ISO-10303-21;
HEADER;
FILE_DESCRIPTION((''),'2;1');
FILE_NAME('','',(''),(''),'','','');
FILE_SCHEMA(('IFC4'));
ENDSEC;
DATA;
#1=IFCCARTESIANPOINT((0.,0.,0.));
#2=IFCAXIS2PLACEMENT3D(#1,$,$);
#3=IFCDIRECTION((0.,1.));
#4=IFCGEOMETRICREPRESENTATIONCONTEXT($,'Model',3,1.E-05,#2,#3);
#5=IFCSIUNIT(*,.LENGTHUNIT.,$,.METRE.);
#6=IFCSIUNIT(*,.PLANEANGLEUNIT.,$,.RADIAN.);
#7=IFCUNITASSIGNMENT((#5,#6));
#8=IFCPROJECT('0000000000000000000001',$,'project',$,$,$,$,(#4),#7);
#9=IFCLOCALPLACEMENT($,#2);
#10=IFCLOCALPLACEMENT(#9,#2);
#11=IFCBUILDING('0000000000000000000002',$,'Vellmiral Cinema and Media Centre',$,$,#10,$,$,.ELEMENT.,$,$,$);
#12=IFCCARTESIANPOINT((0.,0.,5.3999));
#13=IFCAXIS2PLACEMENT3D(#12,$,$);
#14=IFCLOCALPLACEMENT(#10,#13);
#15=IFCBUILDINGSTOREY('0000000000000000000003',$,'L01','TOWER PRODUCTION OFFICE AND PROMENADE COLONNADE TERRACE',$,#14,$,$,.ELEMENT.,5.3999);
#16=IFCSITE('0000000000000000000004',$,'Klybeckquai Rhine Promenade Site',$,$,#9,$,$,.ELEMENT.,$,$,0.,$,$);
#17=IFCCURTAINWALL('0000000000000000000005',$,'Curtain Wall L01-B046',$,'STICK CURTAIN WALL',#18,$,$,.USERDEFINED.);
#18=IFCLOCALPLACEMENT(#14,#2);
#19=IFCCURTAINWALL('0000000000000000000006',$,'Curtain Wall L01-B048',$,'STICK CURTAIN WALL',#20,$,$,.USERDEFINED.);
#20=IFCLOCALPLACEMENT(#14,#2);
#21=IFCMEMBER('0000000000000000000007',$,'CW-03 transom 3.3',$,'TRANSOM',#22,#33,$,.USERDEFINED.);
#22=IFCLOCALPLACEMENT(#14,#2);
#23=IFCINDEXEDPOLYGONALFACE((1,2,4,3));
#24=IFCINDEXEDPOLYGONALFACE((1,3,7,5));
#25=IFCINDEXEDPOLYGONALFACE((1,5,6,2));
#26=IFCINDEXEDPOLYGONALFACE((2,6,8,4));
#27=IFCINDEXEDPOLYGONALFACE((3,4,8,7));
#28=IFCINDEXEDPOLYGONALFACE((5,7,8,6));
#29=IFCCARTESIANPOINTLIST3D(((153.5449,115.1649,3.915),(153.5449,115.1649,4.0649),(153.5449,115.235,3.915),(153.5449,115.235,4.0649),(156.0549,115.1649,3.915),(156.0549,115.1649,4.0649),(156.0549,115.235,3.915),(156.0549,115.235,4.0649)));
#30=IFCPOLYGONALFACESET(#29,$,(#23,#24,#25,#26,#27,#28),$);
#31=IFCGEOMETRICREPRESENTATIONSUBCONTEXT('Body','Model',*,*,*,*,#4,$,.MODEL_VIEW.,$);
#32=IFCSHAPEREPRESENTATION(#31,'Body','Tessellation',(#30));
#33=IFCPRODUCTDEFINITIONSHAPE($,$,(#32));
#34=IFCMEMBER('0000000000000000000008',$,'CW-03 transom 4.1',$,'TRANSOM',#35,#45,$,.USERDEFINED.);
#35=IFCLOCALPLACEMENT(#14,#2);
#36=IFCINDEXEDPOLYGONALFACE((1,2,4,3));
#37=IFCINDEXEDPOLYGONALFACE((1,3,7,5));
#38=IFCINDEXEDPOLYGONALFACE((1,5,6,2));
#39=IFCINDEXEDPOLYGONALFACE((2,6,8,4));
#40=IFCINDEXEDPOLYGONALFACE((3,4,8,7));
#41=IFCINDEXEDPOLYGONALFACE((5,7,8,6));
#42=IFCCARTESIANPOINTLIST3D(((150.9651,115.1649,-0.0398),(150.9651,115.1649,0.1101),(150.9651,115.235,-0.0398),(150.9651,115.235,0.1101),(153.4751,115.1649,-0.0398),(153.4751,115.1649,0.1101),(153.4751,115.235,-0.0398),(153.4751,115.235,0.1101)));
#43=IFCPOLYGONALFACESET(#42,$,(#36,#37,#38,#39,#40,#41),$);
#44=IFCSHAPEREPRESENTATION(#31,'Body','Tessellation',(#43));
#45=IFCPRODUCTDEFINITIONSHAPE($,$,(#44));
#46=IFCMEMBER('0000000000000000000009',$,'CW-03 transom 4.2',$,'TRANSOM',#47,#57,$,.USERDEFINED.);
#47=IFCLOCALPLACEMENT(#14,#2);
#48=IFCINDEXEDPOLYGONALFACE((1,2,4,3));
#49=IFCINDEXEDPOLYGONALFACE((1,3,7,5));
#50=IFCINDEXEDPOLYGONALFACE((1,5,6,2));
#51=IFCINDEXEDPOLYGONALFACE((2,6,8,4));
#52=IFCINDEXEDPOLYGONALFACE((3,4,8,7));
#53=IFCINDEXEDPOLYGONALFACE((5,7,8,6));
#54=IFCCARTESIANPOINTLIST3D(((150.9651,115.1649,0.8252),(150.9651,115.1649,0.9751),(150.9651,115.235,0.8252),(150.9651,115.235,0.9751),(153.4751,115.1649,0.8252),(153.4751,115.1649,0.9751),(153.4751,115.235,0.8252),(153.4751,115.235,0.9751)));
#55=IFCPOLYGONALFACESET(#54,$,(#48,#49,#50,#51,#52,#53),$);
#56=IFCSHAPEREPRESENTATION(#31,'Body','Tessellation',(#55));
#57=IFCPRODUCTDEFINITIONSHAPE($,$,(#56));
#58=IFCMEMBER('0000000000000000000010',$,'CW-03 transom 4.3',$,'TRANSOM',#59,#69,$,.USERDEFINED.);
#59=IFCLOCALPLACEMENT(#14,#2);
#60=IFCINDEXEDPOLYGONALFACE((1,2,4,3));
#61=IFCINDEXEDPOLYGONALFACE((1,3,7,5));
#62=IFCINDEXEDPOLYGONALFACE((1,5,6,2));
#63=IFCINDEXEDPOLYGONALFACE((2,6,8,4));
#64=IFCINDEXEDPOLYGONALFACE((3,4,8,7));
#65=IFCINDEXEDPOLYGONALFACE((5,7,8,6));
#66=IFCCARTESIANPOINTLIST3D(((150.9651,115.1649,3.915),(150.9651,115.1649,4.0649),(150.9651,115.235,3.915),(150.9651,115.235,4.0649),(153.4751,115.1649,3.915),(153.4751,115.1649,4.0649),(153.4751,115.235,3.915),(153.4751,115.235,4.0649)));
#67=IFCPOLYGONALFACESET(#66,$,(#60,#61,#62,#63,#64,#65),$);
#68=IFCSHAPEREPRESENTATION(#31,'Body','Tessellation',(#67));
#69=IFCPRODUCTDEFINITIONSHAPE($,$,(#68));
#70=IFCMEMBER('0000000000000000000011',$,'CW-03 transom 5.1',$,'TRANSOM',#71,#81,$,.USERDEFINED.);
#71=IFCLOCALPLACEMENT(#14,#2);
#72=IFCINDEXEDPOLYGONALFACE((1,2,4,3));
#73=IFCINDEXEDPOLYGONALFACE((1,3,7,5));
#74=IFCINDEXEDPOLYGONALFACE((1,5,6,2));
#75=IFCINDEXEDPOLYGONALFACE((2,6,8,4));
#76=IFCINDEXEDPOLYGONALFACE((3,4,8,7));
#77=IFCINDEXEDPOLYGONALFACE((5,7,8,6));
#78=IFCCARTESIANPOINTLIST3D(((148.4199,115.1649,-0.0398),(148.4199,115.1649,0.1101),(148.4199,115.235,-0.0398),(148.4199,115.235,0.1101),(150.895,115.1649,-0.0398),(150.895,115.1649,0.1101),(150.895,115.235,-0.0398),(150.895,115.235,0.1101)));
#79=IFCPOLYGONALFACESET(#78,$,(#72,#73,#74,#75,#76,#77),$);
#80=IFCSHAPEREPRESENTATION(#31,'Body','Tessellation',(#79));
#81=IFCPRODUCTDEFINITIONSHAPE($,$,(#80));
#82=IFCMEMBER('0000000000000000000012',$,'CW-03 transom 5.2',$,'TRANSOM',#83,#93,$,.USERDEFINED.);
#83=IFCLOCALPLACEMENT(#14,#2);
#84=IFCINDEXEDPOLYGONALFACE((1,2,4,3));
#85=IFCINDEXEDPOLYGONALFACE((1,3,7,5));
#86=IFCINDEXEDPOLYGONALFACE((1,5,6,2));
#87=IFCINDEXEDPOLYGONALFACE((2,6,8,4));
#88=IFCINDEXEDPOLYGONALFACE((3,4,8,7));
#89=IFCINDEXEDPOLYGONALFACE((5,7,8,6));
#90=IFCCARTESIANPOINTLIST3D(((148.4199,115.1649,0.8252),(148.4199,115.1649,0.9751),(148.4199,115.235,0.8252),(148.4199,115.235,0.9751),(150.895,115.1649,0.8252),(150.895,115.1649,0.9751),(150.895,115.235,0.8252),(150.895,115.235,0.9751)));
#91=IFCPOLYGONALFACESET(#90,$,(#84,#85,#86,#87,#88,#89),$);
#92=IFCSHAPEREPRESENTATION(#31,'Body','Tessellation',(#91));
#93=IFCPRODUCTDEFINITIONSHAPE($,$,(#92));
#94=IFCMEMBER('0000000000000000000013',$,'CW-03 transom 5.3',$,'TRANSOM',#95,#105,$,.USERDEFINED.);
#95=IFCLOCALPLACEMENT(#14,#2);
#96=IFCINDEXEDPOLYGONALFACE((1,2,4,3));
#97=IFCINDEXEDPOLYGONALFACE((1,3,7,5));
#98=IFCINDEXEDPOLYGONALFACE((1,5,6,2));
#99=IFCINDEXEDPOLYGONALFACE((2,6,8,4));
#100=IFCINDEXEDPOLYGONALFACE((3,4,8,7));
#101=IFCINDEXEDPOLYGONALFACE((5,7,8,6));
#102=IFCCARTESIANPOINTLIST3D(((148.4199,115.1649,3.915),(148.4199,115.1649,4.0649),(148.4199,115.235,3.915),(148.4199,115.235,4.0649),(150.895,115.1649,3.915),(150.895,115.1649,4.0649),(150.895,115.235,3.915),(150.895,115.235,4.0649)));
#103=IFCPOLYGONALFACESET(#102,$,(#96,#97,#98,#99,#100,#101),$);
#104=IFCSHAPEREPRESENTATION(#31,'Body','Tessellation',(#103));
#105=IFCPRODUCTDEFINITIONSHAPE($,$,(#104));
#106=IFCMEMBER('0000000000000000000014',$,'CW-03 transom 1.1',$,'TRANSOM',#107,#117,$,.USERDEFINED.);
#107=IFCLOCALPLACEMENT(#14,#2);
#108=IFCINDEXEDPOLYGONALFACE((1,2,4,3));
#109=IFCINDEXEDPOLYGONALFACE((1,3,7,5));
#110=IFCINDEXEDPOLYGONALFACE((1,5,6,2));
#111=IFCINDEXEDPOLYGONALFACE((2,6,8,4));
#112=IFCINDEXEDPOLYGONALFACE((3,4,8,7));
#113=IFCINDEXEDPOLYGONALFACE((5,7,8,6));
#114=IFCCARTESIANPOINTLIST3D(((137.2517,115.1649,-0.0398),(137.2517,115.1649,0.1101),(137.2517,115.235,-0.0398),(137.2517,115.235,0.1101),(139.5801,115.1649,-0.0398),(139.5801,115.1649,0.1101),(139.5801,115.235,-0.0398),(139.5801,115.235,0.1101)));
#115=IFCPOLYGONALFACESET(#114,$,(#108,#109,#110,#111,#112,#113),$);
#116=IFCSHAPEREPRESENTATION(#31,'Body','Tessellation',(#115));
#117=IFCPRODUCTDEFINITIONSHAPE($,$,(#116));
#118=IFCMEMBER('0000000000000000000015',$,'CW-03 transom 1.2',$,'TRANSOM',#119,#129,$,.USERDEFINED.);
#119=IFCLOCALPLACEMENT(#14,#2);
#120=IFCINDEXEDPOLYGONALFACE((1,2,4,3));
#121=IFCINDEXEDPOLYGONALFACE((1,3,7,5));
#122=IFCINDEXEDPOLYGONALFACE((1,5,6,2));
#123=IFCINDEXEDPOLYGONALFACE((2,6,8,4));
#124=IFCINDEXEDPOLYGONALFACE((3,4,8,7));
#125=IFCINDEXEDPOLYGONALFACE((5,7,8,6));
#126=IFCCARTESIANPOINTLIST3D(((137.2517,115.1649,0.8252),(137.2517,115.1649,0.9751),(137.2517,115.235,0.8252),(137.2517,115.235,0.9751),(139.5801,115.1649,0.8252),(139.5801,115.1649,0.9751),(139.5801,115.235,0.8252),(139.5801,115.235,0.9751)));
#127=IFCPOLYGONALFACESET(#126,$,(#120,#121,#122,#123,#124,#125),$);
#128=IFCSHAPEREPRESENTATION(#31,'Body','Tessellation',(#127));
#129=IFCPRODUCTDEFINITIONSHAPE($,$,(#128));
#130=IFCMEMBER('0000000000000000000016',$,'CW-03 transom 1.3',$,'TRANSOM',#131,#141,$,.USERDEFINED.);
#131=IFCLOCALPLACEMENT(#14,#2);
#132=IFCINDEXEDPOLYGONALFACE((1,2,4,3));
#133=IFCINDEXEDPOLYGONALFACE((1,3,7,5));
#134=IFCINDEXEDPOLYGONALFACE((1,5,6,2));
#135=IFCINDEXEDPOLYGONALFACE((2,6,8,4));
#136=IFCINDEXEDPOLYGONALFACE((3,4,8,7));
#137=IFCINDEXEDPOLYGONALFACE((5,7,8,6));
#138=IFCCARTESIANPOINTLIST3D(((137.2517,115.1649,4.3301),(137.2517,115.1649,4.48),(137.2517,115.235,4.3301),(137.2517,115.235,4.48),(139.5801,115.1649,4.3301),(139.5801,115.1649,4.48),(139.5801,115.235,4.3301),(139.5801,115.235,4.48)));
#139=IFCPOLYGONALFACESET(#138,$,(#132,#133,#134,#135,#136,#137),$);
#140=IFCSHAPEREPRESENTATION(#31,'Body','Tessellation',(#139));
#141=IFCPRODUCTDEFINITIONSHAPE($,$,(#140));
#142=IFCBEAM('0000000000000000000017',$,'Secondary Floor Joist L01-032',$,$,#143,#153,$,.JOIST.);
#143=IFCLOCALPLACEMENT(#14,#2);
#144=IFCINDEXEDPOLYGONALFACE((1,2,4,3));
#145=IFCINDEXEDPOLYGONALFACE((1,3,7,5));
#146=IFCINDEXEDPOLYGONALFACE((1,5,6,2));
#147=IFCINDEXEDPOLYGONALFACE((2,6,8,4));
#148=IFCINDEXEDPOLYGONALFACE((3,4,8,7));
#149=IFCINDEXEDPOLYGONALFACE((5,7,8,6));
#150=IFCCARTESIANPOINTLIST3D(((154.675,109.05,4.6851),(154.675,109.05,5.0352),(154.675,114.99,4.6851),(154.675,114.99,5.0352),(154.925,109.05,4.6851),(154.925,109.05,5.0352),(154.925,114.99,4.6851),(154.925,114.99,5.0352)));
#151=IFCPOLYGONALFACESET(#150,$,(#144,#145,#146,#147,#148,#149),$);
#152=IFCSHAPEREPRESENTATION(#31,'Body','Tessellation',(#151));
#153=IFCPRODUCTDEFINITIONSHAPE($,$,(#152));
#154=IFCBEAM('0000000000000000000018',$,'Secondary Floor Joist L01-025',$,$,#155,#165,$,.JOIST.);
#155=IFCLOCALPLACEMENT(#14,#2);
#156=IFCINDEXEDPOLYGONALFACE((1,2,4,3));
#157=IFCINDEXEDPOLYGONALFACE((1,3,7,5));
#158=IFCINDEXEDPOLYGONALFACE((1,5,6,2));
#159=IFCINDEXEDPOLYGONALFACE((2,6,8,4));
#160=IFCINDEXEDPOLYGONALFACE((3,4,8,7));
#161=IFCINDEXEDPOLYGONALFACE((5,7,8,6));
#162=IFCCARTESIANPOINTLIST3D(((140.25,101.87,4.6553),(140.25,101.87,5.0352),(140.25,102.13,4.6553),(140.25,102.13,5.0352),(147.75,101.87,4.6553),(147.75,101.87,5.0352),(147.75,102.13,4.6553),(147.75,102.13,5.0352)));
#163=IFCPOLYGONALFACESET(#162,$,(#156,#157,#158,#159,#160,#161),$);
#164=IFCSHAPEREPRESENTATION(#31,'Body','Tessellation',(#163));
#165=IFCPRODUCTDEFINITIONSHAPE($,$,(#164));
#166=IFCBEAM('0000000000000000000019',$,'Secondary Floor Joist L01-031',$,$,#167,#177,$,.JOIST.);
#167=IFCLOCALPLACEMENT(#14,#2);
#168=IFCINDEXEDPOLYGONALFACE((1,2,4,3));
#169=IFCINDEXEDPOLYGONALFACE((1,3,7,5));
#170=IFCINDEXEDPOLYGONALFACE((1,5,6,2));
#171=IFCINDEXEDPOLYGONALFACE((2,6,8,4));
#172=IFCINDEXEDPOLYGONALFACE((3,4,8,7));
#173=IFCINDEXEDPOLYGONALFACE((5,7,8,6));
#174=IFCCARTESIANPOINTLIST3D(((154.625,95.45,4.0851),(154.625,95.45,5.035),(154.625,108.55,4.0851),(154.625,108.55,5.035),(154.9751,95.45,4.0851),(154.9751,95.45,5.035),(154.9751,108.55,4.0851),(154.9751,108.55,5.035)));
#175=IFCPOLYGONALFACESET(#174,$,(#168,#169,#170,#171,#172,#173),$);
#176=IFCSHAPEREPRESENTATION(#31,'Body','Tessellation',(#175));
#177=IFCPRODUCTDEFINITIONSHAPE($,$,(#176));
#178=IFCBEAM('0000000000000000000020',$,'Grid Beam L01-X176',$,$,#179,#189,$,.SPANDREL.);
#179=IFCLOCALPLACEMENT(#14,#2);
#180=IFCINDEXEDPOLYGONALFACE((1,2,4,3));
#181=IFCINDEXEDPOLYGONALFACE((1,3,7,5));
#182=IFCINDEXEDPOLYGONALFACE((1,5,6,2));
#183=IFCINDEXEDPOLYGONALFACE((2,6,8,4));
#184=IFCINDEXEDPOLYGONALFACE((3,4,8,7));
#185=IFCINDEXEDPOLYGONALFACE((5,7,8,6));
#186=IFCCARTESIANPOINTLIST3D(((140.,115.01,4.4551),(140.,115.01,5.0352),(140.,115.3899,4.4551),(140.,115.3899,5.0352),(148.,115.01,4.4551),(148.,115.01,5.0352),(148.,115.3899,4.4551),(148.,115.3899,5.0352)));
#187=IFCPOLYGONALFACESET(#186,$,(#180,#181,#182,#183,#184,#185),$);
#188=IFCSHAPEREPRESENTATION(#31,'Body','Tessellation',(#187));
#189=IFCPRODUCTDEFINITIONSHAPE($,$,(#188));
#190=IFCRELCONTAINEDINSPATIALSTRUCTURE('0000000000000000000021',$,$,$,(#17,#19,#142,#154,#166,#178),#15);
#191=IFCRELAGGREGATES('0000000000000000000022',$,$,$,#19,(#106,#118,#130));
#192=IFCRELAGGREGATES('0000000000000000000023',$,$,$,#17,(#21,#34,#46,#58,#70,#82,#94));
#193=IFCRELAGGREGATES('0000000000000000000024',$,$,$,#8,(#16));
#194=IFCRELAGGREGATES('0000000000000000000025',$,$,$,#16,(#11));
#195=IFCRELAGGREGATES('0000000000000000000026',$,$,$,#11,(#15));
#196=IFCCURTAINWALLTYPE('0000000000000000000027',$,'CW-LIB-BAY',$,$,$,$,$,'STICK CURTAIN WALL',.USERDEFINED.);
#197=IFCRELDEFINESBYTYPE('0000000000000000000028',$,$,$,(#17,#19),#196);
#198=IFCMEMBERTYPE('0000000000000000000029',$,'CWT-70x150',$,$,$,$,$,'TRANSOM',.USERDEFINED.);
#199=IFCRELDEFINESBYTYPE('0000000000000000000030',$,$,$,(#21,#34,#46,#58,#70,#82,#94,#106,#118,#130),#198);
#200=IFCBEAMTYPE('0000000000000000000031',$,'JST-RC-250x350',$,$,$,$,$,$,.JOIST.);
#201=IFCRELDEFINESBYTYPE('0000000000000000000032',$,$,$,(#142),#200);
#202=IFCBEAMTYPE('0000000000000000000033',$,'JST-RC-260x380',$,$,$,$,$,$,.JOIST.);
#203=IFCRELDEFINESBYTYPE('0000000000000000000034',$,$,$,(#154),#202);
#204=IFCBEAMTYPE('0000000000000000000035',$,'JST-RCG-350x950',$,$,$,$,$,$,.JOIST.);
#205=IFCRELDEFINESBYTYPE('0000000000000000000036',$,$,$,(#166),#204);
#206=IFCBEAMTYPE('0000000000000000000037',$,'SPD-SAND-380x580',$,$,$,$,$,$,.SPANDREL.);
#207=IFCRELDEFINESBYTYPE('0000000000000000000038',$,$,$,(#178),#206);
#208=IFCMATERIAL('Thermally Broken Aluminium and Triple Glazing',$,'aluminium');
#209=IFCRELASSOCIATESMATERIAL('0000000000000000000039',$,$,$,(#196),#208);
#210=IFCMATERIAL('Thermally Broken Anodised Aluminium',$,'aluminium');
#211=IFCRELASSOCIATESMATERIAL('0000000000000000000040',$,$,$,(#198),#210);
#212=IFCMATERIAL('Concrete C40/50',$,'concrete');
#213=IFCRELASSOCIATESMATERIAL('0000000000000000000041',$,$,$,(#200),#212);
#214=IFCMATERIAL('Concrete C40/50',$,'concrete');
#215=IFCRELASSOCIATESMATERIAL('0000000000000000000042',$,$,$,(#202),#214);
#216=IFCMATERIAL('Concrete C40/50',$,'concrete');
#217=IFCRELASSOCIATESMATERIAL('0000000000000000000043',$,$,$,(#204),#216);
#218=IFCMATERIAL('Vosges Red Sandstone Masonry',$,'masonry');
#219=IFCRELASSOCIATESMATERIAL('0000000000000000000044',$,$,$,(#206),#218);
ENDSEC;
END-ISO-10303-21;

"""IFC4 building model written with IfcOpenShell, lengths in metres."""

from ifc_helpers import new_model, si_unit, direction, frame, origin, origin_2d, place, context, subcontext, project, spatial, rectangle, extrude, material, material_profile, profile_set, type_object, element, aggregate, save


model = new_model("IFC4")

# Units and contexts
model_context = context("Model", 3, precision=1e-05, world=origin(), true_north=direction((0.0, 1.0)))
body_context = subcontext(model_context, "Body", "Model", "MODEL_VIEW")
ifc_project = project(units=[si_unit("LENGTHUNIT", "METRE"), si_unit("PLANEANGLEUNIT", "RADIAN")], contexts=[model_context])

# Site, building, storey
site_placement = place(None, origin())
site = spatial("IfcSite", under=ifc_project, at=site_placement, Name="Klybeckquai Rhine Promenade Site", CompositionType="ELEMENT", RefElevation=0.0)
building_placement = place(site_placement, origin())
building = spatial("IfcBuilding", under=site, at=building_placement, Name="Vellmiral Cinema and Media Centre", CompositionType="ELEMENT")
storey_placement = place(building_placement, frame((0.0, 0.0, 5.3999)))
storey = spatial("IfcBuildingStorey", under=building, at=storey_placement, Name="L01", Description="TOWER PRODUCTION OFFICE AND PROMENADE COLONNADE TERRACE", CompositionType="ELEMENT", Elevation=5.3999)

# Curtain wall
ifc_material_1 = material(Name="Thermally Broken Aluminium and Triple Glazing", Category="aluminium")
curtain_wall_type = type_object("IfcCurtainWallType", Name="CW-LIB-BAY", ElementType="STICK CURTAIN WALL", PredefinedType="USERDEFINED", material=ifc_material_1)
curtain_wall_1_placement = place(storey_placement, origin())
curtain_wall_1 = element("IfcCurtainWall", 1, at=curtain_wall_1_placement, inside=storey, type_object=curtain_wall_type, Name="Curtain Wall L01-B046", ObjectType="STICK CURTAIN WALL", PredefinedType="USERDEFINED")

# Curtain wall
curtain_wall_2_placement = place(storey_placement, origin())
curtain_wall_2 = element("IfcCurtainWall", 2, at=curtain_wall_2_placement, inside=storey, type_object=curtain_wall_type, Name="Curtain Wall L01-B048", ObjectType="STICK CURTAIN WALL", PredefinedType="USERDEFINED")

# Members
ifc_material_2 = material(Name="Thermally Broken Anodised Aluminium", Category="aluminium")
ifc_material_profile_1 = material_profile(ifc_material_2, rectangle(XDim=0.0701, YDim=0.1499, at=origin_2d()), Name="MULL 70x150")
ifc_profile_set_1 = profile_set([ifc_material_profile_1], Name="Thermally Broken Anodised Aluminium")
member_type_1 = type_object("IfcMemberType", Name="CWT-70x150", ElementType="TRANSOM", PredefinedType="USERDEFINED", material=ifc_profile_set_1)
member_1_placement = place(storey_placement, frame((156.0549, 115.2, 3.99), z_axis=(-1.0, 0.0, 0.0), x_axis=(0.0, -1.0, 0.0)))
member_1 = element("IfcMember", 3, at=member_1_placement, type_object=member_type_1, Name="CW-03 transom 3.3", ObjectType="TRANSOM", PredefinedType="USERDEFINED", context=body_context, shape_type="SweptSolid", body=[
    extrude(rectangle(XDim=0.0701, YDim=0.1499, at=origin_2d()), origin(), (0.0, 0.0, 1.0), 2.51),
])
member_2_placement = place(storey_placement, frame((153.4751, 115.2, 0.0352), z_axis=(-1.0, 0.0, 0.0), x_axis=(0.0, -1.0, 0.0)))
member_2 = element("IfcMember", 4, at=member_2_placement, type_object=member_type_1, Name="CW-03 transom 4.1", ObjectType="TRANSOM", PredefinedType="USERDEFINED", context=body_context, shape_type="SweptSolid", body=[
    extrude(rectangle(XDim=0.0701, YDim=0.1499, at=origin_2d()), origin(), (0.0, 0.0, 1.0), 2.51),
])
member_3_placement = place(storey_placement, frame((153.4751, 115.2, 0.9001), z_axis=(-1.0, 0.0, 0.0), x_axis=(0.0, -1.0, 0.0)))
member_3 = element("IfcMember", 5, at=member_3_placement, type_object=member_type_1, Name="CW-03 transom 4.2", ObjectType="TRANSOM", PredefinedType="USERDEFINED", context=body_context, shape_type="SweptSolid", body=[
    extrude(rectangle(XDim=0.0701, YDim=0.1499, at=origin_2d()), origin(), (0.0, 0.0, 1.0), 2.51),
])
member_4_placement = place(storey_placement, frame((153.4751, 115.2, 3.99), z_axis=(-1.0, 0.0, 0.0), x_axis=(0.0, -1.0, 0.0)))
member_4 = element("IfcMember", 6, at=member_4_placement, type_object=member_type_1, Name="CW-03 transom 4.3", ObjectType="TRANSOM", PredefinedType="USERDEFINED", context=body_context, shape_type="SweptSolid", body=[
    extrude(rectangle(XDim=0.0701, YDim=0.1499, at=origin_2d()), origin(), (0.0, 0.0, 1.0), 2.51),
])
member_5_placement = place(storey_placement, frame((150.895, 115.2, 0.0352), z_axis=(-1.0, 0.0, 0.0), x_axis=(0.0, -1.0, 0.0)))
member_5 = element("IfcMember", 7, at=member_5_placement, type_object=member_type_1, Name="CW-03 transom 5.1", ObjectType="TRANSOM", PredefinedType="USERDEFINED", context=body_context, shape_type="SweptSolid", body=[
    extrude(rectangle(XDim=0.0701, YDim=0.1499, at=origin_2d()), origin(), (0.0, 0.0, 1.0), 2.4751),
])
member_6_placement = place(storey_placement, frame((150.895, 115.2, 0.9001), z_axis=(-1.0, 0.0, 0.0), x_axis=(0.0, -1.0, 0.0)))
member_6 = element("IfcMember", 8, at=member_6_placement, type_object=member_type_1, Name="CW-03 transom 5.2", ObjectType="TRANSOM", PredefinedType="USERDEFINED", context=body_context, shape_type="SweptSolid", body=[
    extrude(rectangle(XDim=0.0701, YDim=0.1499, at=origin_2d()), origin(), (0.0, 0.0, 1.0), 2.4751),
])
member_7_placement = place(storey_placement, frame((150.895, 115.2, 3.99), z_axis=(-1.0, 0.0, 0.0), x_axis=(0.0, -1.0, 0.0)))
member_7 = element("IfcMember", 9, at=member_7_placement, type_object=member_type_1, Name="CW-03 transom 5.3", ObjectType="TRANSOM", PredefinedType="USERDEFINED", context=body_context, shape_type="SweptSolid", body=[
    extrude(rectangle(XDim=0.0701, YDim=0.1499, at=origin_2d()), origin(), (0.0, 0.0, 1.0), 2.4751),
])
member_8_placement = place(storey_placement, frame((139.5801, 115.2, 0.0352), z_axis=(-1.0, 0.0, 0.0), x_axis=(0.0, -1.0, 0.0)))
member_8 = element("IfcMember", 10, at=member_8_placement, type_object=member_type_1, Name="CW-03 transom 1.1", ObjectType="TRANSOM", PredefinedType="USERDEFINED", context=body_context, shape_type="SweptSolid", body=[
    extrude(rectangle(XDim=0.0701, YDim=0.1499, at=origin_2d()), origin(), (0.0, 0.0, 1.0), 2.3284),
])
member_9_placement = place(storey_placement, frame((139.5801, 115.2, 0.9001), z_axis=(-1.0, 0.0, 0.0), x_axis=(0.0, -1.0, 0.0)))
member_9 = element("IfcMember", 11, at=member_9_placement, type_object=member_type_1, Name="CW-03 transom 1.2", ObjectType="TRANSOM", PredefinedType="USERDEFINED", context=body_context, shape_type="SweptSolid", body=[
    extrude(rectangle(XDim=0.0701, YDim=0.1499, at=origin_2d()), origin(), (0.0, 0.0, 1.0), 2.3284),
])
member_10_placement = place(storey_placement, frame((139.5801, 115.2, 4.405), z_axis=(-1.0, 0.0, 0.0), x_axis=(0.0, -1.0, 0.0)))
member_10 = element("IfcMember", 12, at=member_10_placement, type_object=member_type_1, Name="CW-03 transom 1.3", ObjectType="TRANSOM", PredefinedType="USERDEFINED", context=body_context, shape_type="SweptSolid", body=[
    extrude(rectangle(XDim=0.0701, YDim=0.1499, at=origin_2d()), origin(), (0.0, 0.0, 1.0), 2.3284),
])
aggregate(curtain_wall_2, [member_8, member_9, member_10])

# Beams
ifc_material_3 = material(Name="Concrete C40/50", Category="concrete")
ifc_material_profile_2 = material_profile(ifc_material_3, rectangle(XDim=0.25, YDim=0.3501, at=origin_2d()), Name="RC 250x350")
ifc_profile_set_2 = profile_set([ifc_material_profile_2], Name="Concrete C40/50")
beam_type_1 = type_object("IfcBeamType", Name="JST-RC-250x350", PredefinedType="JOIST", material=ifc_profile_set_2)
beam_1_placement = place(storey_placement, frame((154.8, 109.05, 4.8601), z_axis=(0.0, 1.0, 0.0), x_axis=(-1.0, 0.0, 0.0)))
element("IfcBeam", 13, at=beam_1_placement, inside=storey, type_object=beam_type_1, Name="Secondary Floor Joist L01-032", PredefinedType="JOIST", context=body_context, shape_type="SweptSolid", body=[
    extrude(rectangle(XDim=0.25, YDim=0.3501, at=origin_2d()), origin(), (0.0, 0.0, 1.0), 5.9399),
])
ifc_material_4 = material(Name="Concrete C40/50", Category="concrete")
ifc_material_profile_3 = material_profile(ifc_material_4, rectangle(XDim=0.26, YDim=0.3799, at=origin_2d()), Name="RC 260x380")
ifc_profile_set_3 = profile_set([ifc_material_profile_3], Name="Concrete C40/50")
beam_type_2 = type_object("IfcBeamType", Name="JST-RC-260x380", PredefinedType="JOIST", material=ifc_profile_set_3)
beam_2_placement = place(storey_placement, frame((140.25, 102.0, 4.8452), z_axis=(1.0, 0.0, 0.0), x_axis=(0.0, 1.0, 0.0)))
element("IfcBeam", 14, at=beam_2_placement, inside=storey, type_object=beam_type_2, Name="Secondary Floor Joist L01-025", PredefinedType="JOIST", context=body_context, shape_type="SweptSolid", body=[
    extrude(rectangle(XDim=0.26, YDim=0.3799, at=origin_2d()), origin(), (0.0, 0.0, 1.0), 7.5),
])
ifc_material_5 = material(Name="Concrete C40/50", Category="concrete")
ifc_material_profile_4 = material_profile(ifc_material_5, rectangle(XDim=0.3501, YDim=0.95, at=origin_2d()), Name="RC 350x950")
ifc_profile_set_4 = profile_set([ifc_material_profile_4], Name="Concrete C40/50")
beam_type_3 = type_object("IfcBeamType", Name="JST-RCG-350x950", PredefinedType="JOIST", material=ifc_profile_set_4)
beam_3_placement = place(storey_placement, frame((154.8, 95.45, 4.5601), z_axis=(0.0, 1.0, 0.0), x_axis=(-1.0, 0.0, 0.0)))
element("IfcBeam", 15, at=beam_3_placement, inside=storey, type_object=beam_type_3, Name="Secondary Floor Joist L01-031", PredefinedType="JOIST", context=body_context, shape_type="SweptSolid", body=[
    extrude(rectangle(XDim=0.3501, YDim=0.95, at=origin_2d()), origin(), (0.0, 0.0, 1.0), 13.1001),
])
ifc_material_6 = material(Name="Vosges Red Sandstone Masonry", Category="masonry")
ifc_material_profile_5 = material_profile(ifc_material_6, rectangle(XDim=0.3799, YDim=0.5801, at=origin_2d()), Name="SAND 380x580")
ifc_profile_set_5 = profile_set([ifc_material_profile_5], Name="Vosges Red Sandstone Masonry")
beam_type_4 = type_object("IfcBeamType", Name="SPD-SAND-380x580", PredefinedType="SPANDREL", material=ifc_profile_set_5)
beam_4_placement = place(storey_placement, frame((140.0, 115.2, 4.7451), z_axis=(1.0, 0.0, 0.0), x_axis=(0.0, 1.0, 0.0)))
element("IfcBeam", 16, at=beam_4_placement, inside=storey, type_object=beam_type_4, Name="Grid Beam L01-X176", PredefinedType="SPANDREL", context=body_context, shape_type="SweptSolid", body=[
    extrude(rectangle(XDim=0.3799, YDim=0.5801, at=origin_2d()), origin(), (0.0, 0.0, 1.0), 8.0),
])

aggregate(curtain_wall_1, [member_1, member_2, member_3, member_4, member_5, member_6, member_7])

save(model, "model.ifc")
